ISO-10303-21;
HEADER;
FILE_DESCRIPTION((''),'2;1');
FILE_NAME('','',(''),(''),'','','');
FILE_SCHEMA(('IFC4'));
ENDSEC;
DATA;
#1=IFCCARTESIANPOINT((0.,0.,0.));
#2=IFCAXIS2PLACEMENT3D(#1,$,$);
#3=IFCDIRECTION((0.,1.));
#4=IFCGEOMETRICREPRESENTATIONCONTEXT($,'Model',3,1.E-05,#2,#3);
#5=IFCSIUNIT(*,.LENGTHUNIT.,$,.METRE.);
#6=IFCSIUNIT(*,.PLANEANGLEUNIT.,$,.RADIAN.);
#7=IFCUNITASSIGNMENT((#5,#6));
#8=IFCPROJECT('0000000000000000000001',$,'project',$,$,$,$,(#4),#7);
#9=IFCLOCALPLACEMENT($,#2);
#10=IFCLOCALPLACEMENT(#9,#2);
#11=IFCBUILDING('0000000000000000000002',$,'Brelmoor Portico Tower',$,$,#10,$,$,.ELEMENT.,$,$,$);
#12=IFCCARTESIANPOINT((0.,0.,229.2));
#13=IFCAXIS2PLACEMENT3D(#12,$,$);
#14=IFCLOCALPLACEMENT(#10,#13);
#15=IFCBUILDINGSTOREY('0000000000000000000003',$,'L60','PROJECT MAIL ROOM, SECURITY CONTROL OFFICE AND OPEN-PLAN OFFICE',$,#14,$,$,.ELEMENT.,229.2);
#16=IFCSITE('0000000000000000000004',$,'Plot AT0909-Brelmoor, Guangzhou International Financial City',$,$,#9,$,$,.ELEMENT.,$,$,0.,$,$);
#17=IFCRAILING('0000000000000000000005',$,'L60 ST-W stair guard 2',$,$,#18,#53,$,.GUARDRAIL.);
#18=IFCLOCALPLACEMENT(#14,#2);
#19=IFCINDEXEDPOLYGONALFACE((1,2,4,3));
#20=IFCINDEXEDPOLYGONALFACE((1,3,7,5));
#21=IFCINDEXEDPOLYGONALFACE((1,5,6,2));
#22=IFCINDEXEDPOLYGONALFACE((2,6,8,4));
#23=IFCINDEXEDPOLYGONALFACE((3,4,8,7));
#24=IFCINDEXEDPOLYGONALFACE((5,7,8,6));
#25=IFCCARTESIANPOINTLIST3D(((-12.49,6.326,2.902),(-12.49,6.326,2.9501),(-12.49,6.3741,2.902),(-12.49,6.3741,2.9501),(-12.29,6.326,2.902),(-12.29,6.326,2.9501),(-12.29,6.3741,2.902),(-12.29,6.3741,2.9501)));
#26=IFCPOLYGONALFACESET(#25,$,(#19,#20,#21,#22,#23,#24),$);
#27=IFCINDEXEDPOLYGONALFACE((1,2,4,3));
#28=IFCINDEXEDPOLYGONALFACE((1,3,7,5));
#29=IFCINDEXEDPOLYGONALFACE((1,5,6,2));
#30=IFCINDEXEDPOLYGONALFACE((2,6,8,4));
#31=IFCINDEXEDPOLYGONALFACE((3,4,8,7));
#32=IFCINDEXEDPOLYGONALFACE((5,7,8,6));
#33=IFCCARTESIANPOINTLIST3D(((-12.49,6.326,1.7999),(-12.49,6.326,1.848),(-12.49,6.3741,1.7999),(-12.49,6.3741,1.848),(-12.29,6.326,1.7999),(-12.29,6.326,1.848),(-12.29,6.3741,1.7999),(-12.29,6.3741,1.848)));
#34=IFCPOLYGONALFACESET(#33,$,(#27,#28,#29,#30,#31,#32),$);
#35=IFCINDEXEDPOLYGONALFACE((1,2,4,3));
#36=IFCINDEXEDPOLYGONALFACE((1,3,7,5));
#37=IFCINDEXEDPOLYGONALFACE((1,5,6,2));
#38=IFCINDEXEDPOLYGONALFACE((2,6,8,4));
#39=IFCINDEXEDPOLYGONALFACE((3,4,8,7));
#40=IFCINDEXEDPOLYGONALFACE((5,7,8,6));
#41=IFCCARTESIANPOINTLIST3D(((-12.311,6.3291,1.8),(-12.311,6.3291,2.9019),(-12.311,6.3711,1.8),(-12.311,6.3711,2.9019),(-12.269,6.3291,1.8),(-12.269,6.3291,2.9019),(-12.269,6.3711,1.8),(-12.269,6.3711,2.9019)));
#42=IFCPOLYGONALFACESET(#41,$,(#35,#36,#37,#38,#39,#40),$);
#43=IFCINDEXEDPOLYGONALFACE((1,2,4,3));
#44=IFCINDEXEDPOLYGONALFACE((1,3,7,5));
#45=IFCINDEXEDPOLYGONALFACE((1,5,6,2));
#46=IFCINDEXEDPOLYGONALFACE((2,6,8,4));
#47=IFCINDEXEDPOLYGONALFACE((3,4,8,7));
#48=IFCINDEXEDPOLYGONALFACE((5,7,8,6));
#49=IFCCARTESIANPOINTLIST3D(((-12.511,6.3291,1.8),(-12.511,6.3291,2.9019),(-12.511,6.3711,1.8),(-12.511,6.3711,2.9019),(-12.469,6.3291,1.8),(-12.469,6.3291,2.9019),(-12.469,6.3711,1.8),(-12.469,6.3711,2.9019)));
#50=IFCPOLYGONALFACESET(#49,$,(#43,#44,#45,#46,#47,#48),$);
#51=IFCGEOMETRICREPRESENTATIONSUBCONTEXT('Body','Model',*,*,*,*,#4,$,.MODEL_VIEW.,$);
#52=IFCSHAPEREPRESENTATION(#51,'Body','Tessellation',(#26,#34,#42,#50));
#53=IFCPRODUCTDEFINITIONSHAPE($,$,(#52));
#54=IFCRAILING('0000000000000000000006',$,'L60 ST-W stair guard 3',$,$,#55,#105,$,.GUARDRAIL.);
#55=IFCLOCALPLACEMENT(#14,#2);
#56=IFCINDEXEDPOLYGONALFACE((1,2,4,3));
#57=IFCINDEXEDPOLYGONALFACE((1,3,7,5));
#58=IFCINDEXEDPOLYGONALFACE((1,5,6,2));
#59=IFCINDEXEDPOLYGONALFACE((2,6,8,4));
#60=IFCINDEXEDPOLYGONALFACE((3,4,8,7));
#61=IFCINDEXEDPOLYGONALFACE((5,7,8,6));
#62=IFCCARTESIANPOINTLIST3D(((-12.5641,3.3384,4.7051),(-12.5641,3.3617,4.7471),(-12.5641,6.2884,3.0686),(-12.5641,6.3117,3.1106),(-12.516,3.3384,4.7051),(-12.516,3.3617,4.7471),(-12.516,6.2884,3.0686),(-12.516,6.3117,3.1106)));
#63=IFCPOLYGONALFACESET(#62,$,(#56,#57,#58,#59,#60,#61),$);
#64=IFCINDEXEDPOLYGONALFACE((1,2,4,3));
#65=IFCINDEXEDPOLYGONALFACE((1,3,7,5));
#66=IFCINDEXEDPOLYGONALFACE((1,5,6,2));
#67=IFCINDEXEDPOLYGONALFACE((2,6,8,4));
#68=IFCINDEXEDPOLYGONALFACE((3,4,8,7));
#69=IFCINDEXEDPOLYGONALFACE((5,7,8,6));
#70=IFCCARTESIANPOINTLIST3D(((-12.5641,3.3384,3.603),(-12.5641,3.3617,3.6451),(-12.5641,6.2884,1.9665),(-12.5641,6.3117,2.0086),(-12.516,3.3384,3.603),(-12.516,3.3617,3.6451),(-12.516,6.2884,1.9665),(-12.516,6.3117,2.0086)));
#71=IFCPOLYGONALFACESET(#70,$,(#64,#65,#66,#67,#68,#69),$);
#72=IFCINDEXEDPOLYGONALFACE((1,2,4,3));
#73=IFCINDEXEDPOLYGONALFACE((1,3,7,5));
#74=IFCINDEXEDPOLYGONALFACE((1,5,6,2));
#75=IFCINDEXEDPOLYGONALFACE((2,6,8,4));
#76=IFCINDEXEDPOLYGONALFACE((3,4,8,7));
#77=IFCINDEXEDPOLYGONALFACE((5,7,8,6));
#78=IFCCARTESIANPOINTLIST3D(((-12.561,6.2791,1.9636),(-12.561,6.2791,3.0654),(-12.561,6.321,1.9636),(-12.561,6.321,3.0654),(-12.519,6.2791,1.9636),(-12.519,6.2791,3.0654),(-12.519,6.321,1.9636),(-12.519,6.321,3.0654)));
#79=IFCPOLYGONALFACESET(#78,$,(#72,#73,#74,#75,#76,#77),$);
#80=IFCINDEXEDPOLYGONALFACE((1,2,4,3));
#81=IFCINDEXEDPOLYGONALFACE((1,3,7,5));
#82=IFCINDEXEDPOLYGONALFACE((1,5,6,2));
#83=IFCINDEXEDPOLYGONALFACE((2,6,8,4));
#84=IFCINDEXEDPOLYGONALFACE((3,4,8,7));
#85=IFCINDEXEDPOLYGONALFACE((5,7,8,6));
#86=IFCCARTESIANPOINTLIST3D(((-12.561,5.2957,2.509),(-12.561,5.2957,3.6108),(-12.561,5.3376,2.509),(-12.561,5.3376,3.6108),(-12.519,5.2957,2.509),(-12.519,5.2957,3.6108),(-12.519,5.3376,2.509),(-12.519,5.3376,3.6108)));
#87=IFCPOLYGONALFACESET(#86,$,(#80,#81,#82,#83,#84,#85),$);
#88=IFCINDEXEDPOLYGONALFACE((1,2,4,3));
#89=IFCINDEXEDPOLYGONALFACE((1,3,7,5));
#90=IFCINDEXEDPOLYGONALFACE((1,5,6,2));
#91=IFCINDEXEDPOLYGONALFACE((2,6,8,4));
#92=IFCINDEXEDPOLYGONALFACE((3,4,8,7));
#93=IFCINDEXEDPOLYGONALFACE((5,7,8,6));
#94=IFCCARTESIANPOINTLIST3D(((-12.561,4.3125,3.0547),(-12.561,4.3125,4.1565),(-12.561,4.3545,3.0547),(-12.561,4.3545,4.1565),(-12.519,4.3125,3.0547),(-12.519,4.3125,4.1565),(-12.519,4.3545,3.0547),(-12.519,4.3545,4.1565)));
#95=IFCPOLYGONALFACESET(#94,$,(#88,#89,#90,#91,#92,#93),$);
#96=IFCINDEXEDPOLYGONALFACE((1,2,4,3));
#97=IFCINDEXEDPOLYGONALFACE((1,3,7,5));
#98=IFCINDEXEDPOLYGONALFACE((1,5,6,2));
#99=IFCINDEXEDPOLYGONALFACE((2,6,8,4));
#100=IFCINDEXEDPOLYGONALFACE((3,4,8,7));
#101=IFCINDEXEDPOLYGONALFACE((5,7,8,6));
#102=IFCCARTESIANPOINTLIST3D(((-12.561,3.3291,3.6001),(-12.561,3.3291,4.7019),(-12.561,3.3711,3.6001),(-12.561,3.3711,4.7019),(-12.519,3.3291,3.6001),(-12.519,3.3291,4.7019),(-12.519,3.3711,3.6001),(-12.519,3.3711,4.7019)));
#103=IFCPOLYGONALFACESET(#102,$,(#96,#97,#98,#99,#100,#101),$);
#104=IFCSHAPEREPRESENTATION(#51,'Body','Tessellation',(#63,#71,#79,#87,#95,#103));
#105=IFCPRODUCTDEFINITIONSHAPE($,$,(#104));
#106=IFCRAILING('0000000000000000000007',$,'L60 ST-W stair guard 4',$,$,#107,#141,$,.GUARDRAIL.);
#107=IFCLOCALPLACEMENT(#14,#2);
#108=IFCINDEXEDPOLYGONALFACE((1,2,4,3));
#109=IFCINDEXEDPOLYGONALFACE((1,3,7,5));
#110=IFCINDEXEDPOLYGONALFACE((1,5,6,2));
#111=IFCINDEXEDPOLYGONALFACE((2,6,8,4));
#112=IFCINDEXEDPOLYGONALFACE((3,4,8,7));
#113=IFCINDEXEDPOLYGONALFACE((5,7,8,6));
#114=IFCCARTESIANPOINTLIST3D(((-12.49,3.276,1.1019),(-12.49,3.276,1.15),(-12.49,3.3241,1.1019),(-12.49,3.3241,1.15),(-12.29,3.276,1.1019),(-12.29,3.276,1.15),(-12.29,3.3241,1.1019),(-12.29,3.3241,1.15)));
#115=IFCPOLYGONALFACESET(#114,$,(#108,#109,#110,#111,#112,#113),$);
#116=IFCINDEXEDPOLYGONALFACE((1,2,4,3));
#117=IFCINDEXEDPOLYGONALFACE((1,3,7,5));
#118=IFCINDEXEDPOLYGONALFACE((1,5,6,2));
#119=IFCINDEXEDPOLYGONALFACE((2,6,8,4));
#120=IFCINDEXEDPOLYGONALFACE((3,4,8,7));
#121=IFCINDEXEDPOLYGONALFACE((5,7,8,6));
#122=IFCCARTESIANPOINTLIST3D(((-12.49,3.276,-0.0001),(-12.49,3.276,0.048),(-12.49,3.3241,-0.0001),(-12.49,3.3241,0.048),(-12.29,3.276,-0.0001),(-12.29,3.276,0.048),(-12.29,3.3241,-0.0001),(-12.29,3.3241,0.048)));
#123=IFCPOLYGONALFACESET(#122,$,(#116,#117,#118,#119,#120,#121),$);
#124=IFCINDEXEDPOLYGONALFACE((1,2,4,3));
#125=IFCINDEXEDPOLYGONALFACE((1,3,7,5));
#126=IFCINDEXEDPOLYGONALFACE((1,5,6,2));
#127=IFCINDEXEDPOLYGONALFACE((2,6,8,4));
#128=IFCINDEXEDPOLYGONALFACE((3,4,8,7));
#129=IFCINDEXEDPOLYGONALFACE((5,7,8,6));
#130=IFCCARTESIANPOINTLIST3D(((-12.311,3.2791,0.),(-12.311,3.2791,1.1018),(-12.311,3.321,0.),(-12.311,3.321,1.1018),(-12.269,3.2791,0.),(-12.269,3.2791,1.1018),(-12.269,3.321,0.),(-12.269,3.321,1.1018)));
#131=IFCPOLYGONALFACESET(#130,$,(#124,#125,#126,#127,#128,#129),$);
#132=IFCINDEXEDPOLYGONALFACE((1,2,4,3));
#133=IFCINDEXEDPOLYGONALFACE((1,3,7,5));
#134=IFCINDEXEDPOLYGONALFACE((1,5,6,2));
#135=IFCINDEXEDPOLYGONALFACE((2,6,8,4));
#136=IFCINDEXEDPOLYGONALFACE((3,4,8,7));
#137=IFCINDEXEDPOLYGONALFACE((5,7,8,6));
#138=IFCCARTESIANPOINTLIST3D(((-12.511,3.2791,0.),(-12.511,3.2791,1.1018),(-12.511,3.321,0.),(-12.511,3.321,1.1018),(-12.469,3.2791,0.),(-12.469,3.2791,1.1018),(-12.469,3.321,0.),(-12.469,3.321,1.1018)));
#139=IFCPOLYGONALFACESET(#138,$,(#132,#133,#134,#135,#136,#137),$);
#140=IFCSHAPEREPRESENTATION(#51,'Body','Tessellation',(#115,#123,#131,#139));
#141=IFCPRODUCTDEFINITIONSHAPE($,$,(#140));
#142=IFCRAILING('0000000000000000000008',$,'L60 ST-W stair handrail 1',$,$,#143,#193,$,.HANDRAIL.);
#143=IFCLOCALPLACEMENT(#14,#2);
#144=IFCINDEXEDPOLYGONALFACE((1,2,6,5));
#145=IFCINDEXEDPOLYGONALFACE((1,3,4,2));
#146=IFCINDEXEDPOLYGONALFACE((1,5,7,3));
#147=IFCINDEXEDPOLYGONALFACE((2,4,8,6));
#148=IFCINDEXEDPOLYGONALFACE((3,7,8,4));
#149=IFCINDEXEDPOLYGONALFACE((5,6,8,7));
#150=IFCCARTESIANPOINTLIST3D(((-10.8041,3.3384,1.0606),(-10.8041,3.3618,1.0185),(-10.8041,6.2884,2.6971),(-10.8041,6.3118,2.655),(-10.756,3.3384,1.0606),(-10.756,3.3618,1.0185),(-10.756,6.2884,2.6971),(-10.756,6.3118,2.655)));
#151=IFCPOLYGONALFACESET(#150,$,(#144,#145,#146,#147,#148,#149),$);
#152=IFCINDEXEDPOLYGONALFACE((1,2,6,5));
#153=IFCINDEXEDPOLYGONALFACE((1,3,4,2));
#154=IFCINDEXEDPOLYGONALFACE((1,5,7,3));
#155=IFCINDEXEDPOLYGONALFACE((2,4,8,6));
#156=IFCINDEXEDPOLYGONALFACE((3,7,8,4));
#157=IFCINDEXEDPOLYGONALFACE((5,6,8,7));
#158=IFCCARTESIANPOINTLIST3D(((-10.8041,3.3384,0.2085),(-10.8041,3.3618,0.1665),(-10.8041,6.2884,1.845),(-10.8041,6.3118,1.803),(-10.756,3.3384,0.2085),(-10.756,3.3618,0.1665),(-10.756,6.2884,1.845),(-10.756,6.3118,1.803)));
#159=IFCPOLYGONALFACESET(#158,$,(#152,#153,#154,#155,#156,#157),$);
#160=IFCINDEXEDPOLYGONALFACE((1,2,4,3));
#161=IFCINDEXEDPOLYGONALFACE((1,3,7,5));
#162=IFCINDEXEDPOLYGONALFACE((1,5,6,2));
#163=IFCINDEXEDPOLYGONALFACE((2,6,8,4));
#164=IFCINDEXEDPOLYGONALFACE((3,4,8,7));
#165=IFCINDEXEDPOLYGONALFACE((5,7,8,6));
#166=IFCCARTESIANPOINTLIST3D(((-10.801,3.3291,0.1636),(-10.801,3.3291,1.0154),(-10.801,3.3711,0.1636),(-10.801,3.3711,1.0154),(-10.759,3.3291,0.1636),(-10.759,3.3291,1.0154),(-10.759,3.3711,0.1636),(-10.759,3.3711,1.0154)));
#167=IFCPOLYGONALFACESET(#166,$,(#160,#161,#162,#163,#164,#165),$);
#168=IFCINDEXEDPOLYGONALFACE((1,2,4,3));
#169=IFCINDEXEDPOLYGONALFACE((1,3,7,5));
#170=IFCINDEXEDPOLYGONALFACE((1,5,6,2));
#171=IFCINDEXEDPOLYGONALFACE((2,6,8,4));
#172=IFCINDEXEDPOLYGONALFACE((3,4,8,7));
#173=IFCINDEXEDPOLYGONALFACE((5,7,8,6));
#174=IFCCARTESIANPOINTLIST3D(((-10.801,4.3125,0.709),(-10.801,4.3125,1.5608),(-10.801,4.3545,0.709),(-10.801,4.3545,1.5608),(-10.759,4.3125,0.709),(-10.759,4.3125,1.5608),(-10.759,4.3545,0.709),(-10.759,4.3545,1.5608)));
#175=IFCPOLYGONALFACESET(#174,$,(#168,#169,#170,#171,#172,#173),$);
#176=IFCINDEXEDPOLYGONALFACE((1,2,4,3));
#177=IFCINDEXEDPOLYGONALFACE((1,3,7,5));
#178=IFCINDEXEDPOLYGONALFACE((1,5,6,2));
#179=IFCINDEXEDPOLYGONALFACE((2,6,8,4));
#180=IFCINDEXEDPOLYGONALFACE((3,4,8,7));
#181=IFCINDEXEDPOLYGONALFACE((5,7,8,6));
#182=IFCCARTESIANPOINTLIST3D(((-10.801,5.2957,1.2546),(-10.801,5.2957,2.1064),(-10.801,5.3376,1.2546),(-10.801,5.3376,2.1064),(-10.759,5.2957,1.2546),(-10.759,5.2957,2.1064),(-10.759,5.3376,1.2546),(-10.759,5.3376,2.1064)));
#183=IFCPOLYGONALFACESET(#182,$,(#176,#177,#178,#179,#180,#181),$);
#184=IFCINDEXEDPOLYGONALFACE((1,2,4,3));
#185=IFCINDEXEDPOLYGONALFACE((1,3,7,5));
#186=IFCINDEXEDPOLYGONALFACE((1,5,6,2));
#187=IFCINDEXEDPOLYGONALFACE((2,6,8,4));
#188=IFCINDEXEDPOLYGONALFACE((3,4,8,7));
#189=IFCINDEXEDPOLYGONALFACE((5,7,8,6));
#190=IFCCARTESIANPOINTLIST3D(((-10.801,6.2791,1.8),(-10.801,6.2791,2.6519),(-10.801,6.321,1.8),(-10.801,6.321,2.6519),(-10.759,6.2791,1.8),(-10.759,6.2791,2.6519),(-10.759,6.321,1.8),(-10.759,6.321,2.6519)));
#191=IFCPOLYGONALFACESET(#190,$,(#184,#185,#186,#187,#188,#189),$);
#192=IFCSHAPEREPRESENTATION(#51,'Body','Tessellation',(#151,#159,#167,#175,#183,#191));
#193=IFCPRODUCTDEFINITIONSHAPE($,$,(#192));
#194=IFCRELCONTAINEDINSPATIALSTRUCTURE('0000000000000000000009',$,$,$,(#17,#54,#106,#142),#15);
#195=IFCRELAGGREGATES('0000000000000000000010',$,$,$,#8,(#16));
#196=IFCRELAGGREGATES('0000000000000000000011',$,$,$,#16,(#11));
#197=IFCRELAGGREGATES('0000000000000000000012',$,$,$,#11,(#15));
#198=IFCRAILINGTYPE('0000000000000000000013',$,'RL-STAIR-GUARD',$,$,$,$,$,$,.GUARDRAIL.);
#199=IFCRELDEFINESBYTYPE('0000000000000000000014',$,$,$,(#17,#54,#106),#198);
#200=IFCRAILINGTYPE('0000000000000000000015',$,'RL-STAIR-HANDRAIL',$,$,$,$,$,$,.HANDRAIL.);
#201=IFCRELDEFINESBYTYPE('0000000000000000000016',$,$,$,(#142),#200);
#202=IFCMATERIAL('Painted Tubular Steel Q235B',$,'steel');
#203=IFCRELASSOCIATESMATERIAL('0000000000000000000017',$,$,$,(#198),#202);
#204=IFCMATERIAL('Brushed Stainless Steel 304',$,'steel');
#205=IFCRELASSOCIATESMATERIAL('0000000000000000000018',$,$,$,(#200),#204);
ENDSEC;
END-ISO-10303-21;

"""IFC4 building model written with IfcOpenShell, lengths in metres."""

from ifc_helpers import new_model, si_unit, direction, frame, origin, origin_2d, place, context, subcontext, project, spatial, rectangle, extrude, material, type_object, element, save


model = new_model("IFC4")

# Units and contexts
model_context = context("Model", 3, precision=1e-05, world=origin(), true_north=direction((0.0, 1.0)))
body_context = subcontext(model_context, "Body", "Model", "MODEL_VIEW")
ifc_project = project(units=[si_unit("LENGTHUNIT", "METRE"), si_unit("PLANEANGLEUNIT", "RADIAN")], contexts=[model_context])

# Site, building, storey
site_placement = place(None, origin())
site = spatial("IfcSite", under=ifc_project, at=site_placement, Name="Plot AT0909-Brelmoor, Guangzhou International Financial City", CompositionType="ELEMENT", RefElevation=0.0)
building_placement = place(site_placement, origin())
building = spatial("IfcBuilding", under=site, at=building_placement, Name="Brelmoor Portico Tower", CompositionType="ELEMENT")
storey_placement = place(building_placement, frame((0.0, 0.0, 229.2)))
storey = spatial("IfcBuildingStorey", under=building, at=storey_placement, Name="L60", Description="PROJECT MAIL ROOM, SECURITY CONTROL OFFICE AND OPEN-PLAN OFFICE", CompositionType="ELEMENT", Elevation=229.2)

# Railings
ifc_material_1 = material(Name="Painted Tubular Steel Q235B", Category="steel")
railing_type_1 = type_object("IfcRailingType", Name="RL-STAIR-GUARD", PredefinedType="GUARDRAIL", material=ifc_material_1)
railing_1_placement = place(storey_placement, frame((-12.29, 6.3501, 1.8)))
element("IfcRailing", 1, at=railing_1_placement, inside=storey, type_object=railing_type_1, Name="L60 ST-W stair guard 2", PredefinedType="GUARDRAIL", context=body_context, shape_type="SweptSolid", body=[
    extrude(rectangle(XDim=0.0481, YDim=0.0481, at=origin_2d()), frame((0.0, 0.0, 1.126), z_axis=(-1.0, 0.0, 0.0), x_axis=(0.0, -1.0, 0.0)), (0.0, 0.0, 1.0), 0.2),
    extrude(rectangle(XDim=0.0481, YDim=0.0481, at=origin_2d()), frame((0.0, 0.0, 0.0239), z_axis=(-1.0, 0.0, 0.0), x_axis=(0.0, -1.0, 0.0)), (0.0, 0.0, 1.0), 0.2),
    extrude(rectangle(XDim=0.042, YDim=0.042, at=origin_2d()), origin(), (0.0, 0.0, 1.0), 1.1018),
    extrude(rectangle(XDim=0.042, YDim=0.042, at=origin_2d()), frame((-0.2, 0.0, 0.0)), (0.0, 0.0, 1.0), 1.1018),
])
railing_2_placement = place(storey_placement, frame((-12.54, 6.3, 1.9636)))
element("IfcRailing", 2, at=railing_2_placement, inside=storey, type_object=railing_type_1, Name="L60 ST-W stair guard 3", PredefinedType="GUARDRAIL", context=body_context, shape_type="SweptSolid", body=[
    extrude(rectangle(XDim=0.0481, YDim=0.0481, at=origin_2d()), frame((0.0, 0.0, 1.126), z_axis=(0.0, -0.874458, 0.485102), x_axis=(1.0, 0.0, 0.0)), (0.0, 0.0, 1.0), 3.3735),
    extrude(rectangle(XDim=0.0481, YDim=0.0481, at=origin_2d()), frame((0.0, 0.0, 0.0239), z_axis=(0.0, -0.874458, 0.485102), x_axis=(1.0, 0.0, 0.0)), (0.0, 0.0, 1.0), 3.3735),
    extrude(rectangle(XDim=0.042, YDim=0.042, at=origin_2d()), origin(), (0.0, 0.0, 1.0), 1.1018),
    extrude(rectangle(XDim=0.042, YDim=0.042, at=origin_2d()), frame((0.0, -0.9834, 0.5454)), (0.0, 0.0, 1.0), 1.1018),
    extrude(rectangle(XDim=0.042, YDim=0.042, at=origin_2d()), frame((0.0, -1.9666, 1.0911)), (0.0, 0.0, 1.0), 1.1018),
    extrude(rectangle(XDim=0.042, YDim=0.042, at=origin_2d()), frame((0.0, -2.95, 1.6365)), (0.0, 0.0, 1.0), 1.1018),
])
railing_3_placement = place(storey_placement, frame((-12.29, 3.3, 0.0)))
element("IfcRailing", 3, at=railing_3_placement, inside=storey, type_object=railing_type_1, Name="L60 ST-W stair guard 4", PredefinedType="GUARDRAIL", context=body_context, shape_type="SweptSolid", body=[
    extrude(rectangle(XDim=0.0481, YDim=0.0481, at=origin_2d()), frame((0.0, 0.0, 1.126), z_axis=(-1.0, 0.0, 0.0), x_axis=(0.0, -1.0, 0.0)), (0.0, 0.0, 1.0), 0.2),
    extrude(rectangle(XDim=0.0481, YDim=0.0481, at=origin_2d()), frame((0.0, 0.0, 0.0239), z_axis=(-1.0, 0.0, 0.0), x_axis=(0.0, -1.0, 0.0)), (0.0, 0.0, 1.0), 0.2),
    extrude(rectangle(XDim=0.042, YDim=0.042, at=origin_2d()), origin(), (0.0, 0.0, 1.0), 1.1018),
    extrude(rectangle(XDim=0.042, YDim=0.042, at=origin_2d()), frame((-0.2, 0.0, 0.0)), (0.0, 0.0, 1.0), 1.1018),
])
ifc_material_2 = material(Name="Brushed Stainless Steel 304", Category="steel")
railing_type_2 = type_object("IfcRailingType", Name="RL-STAIR-HANDRAIL", PredefinedType="HANDRAIL", material=ifc_material_2)
railing_4_placement = place(storey_placement, frame((-10.78, 3.3501, 0.1636)))
element("IfcRailing", 4, at=railing_4_placement, inside=storey, type_object=railing_type_2, Name="L60 ST-W stair handrail 1", PredefinedType="HANDRAIL", context=body_context, shape_type="SweptSolid", body=[
    extrude(rectangle(XDim=0.0481, YDim=0.0481, at=origin_2d()), frame((0.0, 0.0, 0.876), z_axis=(0.0, 0.874458, 0.485102), x_axis=(-1.0, 0.0, 0.0)), (0.0, 0.0, 1.0), 3.3735),
    extrude(rectangle(XDim=0.0481, YDim=0.0481, at=origin_2d()), frame((0.0, 0.0, 0.0239), z_axis=(0.0, 0.874458, 0.485102), x_axis=(-1.0, 0.0, 0.0)), (0.0, 0.0, 1.0), 3.3735),
    extrude(rectangle(XDim=0.042, YDim=0.042, at=origin_2d()), origin(), (0.0, 0.0, 1.0), 0.8518),
    extrude(rectangle(XDim=0.042, YDim=0.042, at=origin_2d()), frame((0.0, 0.9834, 0.5454)), (0.0, 0.0, 1.0), 0.8518),
    extrude(rectangle(XDim=0.042, YDim=0.042, at=origin_2d()), frame((0.0, 1.9666, 1.0911)), (0.0, 0.0, 1.0), 0.8518),
    extrude(rectangle(XDim=0.042, YDim=0.042, at=origin_2d()), frame((0.0, 2.95, 1.6365)), (0.0, 0.0, 1.0), 0.8518),
])

save(model, "model.ifc")
